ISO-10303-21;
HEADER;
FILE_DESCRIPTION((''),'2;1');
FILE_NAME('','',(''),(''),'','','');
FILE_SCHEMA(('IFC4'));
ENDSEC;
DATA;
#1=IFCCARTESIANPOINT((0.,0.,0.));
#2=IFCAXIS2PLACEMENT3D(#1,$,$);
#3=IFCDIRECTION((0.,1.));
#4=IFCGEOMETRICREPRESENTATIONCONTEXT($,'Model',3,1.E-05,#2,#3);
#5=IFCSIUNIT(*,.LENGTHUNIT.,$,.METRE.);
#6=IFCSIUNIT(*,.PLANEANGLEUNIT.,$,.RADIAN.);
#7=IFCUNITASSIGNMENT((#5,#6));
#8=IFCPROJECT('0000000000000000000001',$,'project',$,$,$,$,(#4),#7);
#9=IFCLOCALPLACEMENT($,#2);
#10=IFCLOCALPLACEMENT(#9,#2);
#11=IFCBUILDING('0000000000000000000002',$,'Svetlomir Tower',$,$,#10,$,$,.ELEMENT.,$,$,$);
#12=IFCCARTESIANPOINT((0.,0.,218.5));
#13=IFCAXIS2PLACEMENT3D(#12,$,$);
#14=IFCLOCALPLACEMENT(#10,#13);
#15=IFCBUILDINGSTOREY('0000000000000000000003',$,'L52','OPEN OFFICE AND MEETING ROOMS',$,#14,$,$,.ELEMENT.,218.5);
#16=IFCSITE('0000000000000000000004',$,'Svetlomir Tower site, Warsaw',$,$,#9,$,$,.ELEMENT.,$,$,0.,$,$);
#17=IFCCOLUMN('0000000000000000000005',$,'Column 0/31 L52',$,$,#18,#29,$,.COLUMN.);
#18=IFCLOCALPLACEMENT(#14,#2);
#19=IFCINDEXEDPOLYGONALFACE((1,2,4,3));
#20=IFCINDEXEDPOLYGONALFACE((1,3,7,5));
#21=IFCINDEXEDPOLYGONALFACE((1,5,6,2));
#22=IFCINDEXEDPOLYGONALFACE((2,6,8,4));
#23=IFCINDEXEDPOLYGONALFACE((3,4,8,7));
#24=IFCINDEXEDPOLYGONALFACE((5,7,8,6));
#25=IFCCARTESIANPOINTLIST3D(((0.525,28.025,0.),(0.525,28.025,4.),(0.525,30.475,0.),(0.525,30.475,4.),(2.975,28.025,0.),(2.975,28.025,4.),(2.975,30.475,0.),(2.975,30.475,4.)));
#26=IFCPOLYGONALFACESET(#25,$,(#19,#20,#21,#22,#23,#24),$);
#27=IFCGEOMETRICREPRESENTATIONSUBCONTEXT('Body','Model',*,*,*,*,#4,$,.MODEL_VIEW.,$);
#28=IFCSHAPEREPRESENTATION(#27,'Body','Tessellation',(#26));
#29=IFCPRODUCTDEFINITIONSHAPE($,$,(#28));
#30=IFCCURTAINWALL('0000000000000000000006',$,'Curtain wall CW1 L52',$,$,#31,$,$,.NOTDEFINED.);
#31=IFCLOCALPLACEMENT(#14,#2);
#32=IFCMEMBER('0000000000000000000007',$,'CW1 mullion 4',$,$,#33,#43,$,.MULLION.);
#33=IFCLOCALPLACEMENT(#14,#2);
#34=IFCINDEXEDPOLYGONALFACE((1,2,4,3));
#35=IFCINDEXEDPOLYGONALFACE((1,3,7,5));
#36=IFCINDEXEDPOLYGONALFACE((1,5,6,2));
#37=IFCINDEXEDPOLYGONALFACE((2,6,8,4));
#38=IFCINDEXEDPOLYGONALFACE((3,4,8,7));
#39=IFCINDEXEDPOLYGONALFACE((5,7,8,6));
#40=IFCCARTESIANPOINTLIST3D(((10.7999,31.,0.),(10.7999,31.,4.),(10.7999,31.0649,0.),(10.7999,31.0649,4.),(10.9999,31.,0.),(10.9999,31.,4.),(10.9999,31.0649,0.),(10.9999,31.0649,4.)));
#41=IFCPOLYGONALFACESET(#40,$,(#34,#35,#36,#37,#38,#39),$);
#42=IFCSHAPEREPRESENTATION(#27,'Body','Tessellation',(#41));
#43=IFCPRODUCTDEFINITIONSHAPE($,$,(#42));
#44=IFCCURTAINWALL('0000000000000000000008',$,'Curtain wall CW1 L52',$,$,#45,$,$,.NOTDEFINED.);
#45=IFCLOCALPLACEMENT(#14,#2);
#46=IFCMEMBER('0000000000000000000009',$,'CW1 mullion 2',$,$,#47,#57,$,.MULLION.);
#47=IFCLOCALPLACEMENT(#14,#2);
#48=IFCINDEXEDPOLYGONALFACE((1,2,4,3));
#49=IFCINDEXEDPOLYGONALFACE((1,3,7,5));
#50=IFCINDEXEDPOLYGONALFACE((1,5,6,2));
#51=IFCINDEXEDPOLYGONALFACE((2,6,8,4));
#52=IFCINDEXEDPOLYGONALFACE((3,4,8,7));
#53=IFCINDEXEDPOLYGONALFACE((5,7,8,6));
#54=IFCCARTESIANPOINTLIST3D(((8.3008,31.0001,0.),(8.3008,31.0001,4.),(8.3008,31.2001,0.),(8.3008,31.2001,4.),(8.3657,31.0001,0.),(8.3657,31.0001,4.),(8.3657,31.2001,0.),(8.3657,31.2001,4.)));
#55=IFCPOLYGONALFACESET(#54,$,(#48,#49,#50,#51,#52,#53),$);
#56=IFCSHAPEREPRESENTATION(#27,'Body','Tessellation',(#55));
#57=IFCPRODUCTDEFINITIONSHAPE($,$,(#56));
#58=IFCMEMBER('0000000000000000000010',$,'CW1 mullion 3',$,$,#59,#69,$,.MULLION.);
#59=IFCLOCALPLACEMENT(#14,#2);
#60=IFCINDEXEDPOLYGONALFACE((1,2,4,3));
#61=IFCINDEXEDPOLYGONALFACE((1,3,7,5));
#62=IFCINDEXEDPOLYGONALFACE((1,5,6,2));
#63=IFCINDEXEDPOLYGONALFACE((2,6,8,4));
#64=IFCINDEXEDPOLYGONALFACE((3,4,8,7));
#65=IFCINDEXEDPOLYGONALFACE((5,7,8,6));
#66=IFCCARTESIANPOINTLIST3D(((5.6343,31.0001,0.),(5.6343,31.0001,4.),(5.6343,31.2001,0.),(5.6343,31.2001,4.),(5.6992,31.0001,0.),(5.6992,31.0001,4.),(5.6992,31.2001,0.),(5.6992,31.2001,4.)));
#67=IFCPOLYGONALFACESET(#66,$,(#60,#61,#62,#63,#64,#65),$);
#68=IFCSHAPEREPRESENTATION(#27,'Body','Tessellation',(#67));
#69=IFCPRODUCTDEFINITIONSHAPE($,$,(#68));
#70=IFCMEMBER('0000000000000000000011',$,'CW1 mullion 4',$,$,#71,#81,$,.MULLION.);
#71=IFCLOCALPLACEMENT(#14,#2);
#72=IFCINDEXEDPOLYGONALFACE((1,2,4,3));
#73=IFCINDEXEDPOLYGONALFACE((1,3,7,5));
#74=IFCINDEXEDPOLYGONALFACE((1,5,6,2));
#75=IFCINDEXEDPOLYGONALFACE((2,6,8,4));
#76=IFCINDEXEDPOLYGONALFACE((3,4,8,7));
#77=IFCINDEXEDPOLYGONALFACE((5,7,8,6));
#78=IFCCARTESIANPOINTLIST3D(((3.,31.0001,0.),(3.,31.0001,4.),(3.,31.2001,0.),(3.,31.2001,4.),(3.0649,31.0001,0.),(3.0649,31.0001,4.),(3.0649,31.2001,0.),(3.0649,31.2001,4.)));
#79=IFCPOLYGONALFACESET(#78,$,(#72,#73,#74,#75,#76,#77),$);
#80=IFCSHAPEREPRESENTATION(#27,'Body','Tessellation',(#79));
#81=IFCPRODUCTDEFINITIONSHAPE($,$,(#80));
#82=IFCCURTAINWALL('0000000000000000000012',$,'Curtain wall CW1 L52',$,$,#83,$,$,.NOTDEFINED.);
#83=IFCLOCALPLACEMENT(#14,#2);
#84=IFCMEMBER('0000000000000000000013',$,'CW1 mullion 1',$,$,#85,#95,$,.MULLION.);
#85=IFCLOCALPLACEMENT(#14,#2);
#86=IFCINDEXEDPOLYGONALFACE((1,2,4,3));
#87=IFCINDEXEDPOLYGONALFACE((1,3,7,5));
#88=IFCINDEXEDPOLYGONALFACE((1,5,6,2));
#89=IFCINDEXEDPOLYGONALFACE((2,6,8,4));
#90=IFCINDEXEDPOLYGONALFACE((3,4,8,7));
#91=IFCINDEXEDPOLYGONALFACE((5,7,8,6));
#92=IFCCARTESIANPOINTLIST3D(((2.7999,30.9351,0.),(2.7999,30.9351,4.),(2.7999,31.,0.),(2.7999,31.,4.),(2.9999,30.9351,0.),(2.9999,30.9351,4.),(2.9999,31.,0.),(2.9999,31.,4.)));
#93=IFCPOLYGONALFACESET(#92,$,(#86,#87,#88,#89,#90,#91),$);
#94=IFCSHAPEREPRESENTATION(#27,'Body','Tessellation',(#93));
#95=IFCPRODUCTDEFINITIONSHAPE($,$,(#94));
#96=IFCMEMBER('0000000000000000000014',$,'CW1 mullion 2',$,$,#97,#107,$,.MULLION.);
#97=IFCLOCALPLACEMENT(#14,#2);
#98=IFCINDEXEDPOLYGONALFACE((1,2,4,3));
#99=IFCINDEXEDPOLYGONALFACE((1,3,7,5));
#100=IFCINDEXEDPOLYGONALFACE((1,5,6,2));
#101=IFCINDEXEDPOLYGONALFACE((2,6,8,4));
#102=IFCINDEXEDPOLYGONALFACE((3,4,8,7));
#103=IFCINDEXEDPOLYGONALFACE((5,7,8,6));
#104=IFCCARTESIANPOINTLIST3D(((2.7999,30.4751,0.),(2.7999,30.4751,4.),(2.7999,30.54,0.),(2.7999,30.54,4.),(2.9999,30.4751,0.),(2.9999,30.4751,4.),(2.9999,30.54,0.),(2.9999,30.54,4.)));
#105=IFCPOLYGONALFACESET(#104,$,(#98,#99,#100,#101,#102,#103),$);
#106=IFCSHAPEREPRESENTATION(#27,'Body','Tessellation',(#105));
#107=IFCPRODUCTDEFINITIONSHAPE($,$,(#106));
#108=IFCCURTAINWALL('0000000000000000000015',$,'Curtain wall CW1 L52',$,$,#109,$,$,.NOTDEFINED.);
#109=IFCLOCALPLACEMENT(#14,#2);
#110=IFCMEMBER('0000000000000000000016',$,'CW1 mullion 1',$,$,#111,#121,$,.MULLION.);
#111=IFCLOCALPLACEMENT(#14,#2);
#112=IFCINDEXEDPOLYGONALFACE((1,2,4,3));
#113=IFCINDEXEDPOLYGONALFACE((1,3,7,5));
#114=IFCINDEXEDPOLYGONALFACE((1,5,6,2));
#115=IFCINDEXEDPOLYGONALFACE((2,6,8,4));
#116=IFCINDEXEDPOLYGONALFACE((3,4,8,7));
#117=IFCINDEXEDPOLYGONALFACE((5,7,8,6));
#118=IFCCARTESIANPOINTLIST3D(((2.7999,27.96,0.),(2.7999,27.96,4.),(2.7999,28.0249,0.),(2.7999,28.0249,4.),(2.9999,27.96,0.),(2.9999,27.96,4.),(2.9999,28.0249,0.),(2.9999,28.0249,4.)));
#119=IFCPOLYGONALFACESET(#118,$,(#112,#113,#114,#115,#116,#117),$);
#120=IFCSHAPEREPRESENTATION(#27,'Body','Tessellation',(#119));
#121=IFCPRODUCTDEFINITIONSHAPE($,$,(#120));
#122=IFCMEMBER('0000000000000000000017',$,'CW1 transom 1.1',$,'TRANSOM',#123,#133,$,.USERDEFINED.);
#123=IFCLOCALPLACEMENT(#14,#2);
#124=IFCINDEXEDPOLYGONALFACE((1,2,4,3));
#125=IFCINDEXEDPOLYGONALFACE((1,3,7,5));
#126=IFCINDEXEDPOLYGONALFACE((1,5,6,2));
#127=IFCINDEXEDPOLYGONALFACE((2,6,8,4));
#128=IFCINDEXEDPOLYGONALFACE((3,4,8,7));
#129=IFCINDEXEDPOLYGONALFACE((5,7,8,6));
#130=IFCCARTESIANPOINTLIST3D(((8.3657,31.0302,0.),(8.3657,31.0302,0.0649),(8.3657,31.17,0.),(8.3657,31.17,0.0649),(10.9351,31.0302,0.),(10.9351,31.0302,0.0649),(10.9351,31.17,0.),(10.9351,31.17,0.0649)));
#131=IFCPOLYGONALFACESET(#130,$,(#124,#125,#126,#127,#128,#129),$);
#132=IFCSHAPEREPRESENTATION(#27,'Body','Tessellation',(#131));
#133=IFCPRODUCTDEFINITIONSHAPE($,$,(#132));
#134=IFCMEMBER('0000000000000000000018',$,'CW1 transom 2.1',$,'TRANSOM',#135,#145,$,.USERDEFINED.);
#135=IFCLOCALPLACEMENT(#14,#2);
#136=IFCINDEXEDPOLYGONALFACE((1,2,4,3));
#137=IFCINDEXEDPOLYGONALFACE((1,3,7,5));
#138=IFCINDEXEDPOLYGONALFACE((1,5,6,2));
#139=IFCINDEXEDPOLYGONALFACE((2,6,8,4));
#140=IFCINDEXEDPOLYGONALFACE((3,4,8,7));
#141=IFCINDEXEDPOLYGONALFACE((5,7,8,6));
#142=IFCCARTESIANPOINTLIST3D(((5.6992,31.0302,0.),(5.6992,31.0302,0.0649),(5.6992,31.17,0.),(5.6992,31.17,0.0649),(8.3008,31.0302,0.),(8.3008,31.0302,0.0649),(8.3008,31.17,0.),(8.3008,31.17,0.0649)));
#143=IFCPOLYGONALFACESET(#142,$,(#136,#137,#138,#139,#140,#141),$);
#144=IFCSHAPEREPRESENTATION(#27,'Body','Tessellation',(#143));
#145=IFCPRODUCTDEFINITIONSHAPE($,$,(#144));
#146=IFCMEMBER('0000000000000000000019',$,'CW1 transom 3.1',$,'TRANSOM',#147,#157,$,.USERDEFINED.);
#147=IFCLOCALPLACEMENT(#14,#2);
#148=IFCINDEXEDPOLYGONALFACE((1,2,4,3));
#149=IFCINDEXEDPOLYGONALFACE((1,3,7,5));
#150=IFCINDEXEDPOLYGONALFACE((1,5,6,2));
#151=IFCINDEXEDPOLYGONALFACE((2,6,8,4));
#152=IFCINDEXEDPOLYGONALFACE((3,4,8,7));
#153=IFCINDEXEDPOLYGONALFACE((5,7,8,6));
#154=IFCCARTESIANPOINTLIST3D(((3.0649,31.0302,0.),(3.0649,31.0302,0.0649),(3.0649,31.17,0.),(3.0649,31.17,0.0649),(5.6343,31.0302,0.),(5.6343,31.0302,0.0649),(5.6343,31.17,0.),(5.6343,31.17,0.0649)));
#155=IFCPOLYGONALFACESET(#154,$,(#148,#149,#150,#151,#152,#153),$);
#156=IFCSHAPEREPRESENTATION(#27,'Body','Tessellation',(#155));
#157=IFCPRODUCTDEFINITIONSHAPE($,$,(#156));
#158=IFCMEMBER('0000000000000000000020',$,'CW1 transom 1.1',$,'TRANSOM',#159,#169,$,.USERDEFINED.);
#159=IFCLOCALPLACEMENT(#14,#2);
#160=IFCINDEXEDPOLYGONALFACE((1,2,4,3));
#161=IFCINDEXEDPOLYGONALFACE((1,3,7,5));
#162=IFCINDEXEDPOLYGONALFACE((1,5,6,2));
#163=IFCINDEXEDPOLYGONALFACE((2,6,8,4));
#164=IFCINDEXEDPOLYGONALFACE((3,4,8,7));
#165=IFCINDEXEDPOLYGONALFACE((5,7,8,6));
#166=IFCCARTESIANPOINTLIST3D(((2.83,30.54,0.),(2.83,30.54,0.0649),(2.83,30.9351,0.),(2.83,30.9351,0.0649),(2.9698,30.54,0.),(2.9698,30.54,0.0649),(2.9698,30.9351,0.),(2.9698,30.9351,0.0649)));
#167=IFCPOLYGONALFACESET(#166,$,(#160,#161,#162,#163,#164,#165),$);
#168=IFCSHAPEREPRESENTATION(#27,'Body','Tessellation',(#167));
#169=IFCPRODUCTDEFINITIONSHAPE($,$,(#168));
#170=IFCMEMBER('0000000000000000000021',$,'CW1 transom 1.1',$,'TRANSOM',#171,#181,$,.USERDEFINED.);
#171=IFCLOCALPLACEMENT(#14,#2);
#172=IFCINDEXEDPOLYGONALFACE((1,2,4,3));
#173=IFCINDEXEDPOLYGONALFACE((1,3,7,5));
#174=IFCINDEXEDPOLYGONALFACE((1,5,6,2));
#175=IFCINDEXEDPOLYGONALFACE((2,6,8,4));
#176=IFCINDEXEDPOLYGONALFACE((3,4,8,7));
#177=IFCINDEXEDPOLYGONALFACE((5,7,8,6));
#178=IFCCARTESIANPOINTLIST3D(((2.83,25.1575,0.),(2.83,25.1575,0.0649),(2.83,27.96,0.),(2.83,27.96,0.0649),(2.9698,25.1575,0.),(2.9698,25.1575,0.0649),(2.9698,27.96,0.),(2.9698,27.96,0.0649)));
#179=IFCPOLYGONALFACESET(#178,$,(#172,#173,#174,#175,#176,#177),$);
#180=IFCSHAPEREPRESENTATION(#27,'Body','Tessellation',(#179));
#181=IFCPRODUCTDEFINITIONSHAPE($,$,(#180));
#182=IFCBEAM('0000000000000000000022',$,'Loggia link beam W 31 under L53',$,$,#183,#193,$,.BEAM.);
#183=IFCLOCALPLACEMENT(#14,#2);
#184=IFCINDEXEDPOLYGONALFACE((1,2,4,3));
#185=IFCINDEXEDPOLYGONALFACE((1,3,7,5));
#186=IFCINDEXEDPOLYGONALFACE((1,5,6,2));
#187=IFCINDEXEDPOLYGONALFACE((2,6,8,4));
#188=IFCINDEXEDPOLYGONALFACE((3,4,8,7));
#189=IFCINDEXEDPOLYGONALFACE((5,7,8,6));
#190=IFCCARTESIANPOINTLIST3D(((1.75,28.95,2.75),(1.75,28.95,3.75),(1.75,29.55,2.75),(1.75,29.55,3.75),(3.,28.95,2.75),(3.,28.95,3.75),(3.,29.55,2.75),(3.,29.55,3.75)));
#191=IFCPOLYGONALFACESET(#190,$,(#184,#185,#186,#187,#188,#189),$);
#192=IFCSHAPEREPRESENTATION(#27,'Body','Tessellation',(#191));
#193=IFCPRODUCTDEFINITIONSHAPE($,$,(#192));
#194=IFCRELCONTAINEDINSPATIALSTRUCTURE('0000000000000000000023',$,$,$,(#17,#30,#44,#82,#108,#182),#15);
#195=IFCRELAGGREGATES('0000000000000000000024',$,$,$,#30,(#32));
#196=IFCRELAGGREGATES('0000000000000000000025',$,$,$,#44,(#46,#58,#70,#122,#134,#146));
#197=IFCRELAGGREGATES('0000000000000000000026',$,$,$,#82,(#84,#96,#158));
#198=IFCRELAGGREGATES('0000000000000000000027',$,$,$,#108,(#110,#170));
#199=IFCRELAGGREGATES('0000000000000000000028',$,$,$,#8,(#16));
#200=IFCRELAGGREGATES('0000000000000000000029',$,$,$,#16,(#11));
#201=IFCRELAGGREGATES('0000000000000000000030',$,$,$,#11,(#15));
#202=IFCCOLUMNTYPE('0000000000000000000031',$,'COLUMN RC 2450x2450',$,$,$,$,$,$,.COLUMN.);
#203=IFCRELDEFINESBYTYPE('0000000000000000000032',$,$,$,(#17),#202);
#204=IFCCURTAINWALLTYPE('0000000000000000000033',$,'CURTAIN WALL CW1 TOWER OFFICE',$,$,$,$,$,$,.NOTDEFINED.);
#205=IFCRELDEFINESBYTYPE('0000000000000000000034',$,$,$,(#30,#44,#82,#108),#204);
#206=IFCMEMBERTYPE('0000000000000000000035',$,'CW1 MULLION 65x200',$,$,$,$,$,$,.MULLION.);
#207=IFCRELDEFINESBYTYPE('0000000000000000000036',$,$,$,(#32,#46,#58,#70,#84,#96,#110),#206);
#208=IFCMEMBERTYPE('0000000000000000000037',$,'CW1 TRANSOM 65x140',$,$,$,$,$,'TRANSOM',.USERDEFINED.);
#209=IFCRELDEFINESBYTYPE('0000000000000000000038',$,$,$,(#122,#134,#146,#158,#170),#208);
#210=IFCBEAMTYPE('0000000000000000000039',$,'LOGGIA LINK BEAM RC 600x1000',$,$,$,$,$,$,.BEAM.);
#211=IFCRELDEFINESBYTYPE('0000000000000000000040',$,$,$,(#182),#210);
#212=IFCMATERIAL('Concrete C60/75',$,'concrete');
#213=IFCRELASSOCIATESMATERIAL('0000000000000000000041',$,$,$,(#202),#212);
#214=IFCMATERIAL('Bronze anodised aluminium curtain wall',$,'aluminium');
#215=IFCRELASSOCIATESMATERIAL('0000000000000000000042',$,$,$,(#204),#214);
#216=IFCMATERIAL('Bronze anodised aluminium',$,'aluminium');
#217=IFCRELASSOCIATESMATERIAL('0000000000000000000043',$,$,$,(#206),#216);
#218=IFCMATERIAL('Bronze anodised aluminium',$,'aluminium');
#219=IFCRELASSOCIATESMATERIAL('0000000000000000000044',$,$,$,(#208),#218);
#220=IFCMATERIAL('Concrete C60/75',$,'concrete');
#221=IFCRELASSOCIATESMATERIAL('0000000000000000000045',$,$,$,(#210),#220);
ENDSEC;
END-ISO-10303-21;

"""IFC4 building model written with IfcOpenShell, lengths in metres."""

from ifc_helpers import new_model, si_unit, direction, frame, origin, origin_2d, place, context, subcontext, project, spatial, rectangle, extrude, material, material_profile, profile_set, type_object, element, aggregate, save


model = new_model("IFC4")

# Units and contexts
model_context = context("Model", 3, precision=1e-05, world=origin(), true_north=direction((0.0, 1.0)))
body_context = subcontext(model_context, "Body", "Model", "MODEL_VIEW")
ifc_project = project(units=[si_unit("LENGTHUNIT", "METRE"), si_unit("PLANEANGLEUNIT", "RADIAN")], contexts=[model_context])

# Site, building, storey
site_placement = place(None, origin())
site = spatial("IfcSite", under=ifc_project, at=site_placement, Name="Svetlomir Tower site, Warsaw", CompositionType="ELEMENT", RefElevation=0.0)
building_placement = place(site_placement, origin())
building = spatial("IfcBuilding", under=site, at=building_placement, Name="Svetlomir Tower", CompositionType="ELEMENT")
storey_placement = place(building_placement, frame((0.0, 0.0, 218.5)))
storey = spatial("IfcBuildingStorey", under=building, at=storey_placement, Name="L52", Description="OPEN OFFICE AND MEETING ROOMS", CompositionType="ELEMENT", Elevation=218.5)

# Column
ifc_material_1 = material(Name="Concrete C60/75", Category="concrete")
ifc_material_profile_1 = material_profile(ifc_material_1, rectangle(XDim=2.45, YDim=2.45, at=origin_2d()), Name="RC 2450x2450")
ifc_profile_set_1 = profile_set([ifc_material_profile_1], Name="Concrete C60/75")
column_type = type_object("IfcColumnType", Name="COLUMN RC 2450x2450", PredefinedType="COLUMN", material=ifc_profile_set_1)
column_placement = place(storey_placement, frame((1.75, 29.25, 0.0), z_axis=(0.0, 0.0, 1.0), x_axis=(1.0, 0.0, 0.0)))
element("IfcColumn", 1, at=column_placement, inside=storey, type_object=column_type, Name="Column 0/31 L52", PredefinedType="COLUMN", context=body_context, shape_type="SweptSolid", body=[
    extrude(rectangle(XDim=2.45, YDim=2.45, at=origin_2d()), origin(), (0.0, 0.0, 1.0), 4.0),
])

# Curtain wall, member
ifc_material_2 = material(Name="Bronze anodised aluminium curtain wall", Category="aluminium")
curtain_wall_type = type_object("IfcCurtainWallType", Name="CURTAIN WALL CW1 TOWER OFFICE", PredefinedType="NOTDEFINED", material=ifc_material_2)
curtain_wall_1_placement = place(storey_placement, origin())
curtain_wall_1 = element("IfcCurtainWall", 2, at=curtain_wall_1_placement, inside=storey, type_object=curtain_wall_type, Name="Curtain wall CW1 L52", PredefinedType="NOTDEFINED")
ifc_material_3 = material(Name="Bronze anodised aluminium", Category="aluminium")
ifc_material_profile_2 = material_profile(ifc_material_3, rectangle(XDim=0.0649, YDim=0.2, at=origin_2d()), Name="AL 65x200")
ifc_profile_set_2 = profile_set([ifc_material_profile_2], Name="Bronze anodised aluminium 6063-T6")
member_type_1 = type_object("IfcMemberType", Name="CW1 MULLION 65x200", PredefinedType="MULLION", material=ifc_profile_set_2)
member_1_placement = place(storey_placement, frame((10.8999, 31.0325, 0.0), z_axis=(0.0, 0.0, 1.0), x_axis=(0.0, -1.0, 0.0)))
member_1 = element("IfcMember", 3, at=member_1_placement, type_object=member_type_1, Name="CW1 mullion 4", PredefinedType="MULLION", context=body_context, shape_type="SweptSolid", body=[
    extrude(rectangle(XDim=0.0649, YDim=0.2, at=origin_2d()), origin(), (0.0, 0.0, 1.0), 4.0),
])
aggregate(curtain_wall_1, [member_1])

# Curtain walls, members
curtain_wall_2_placement = place(storey_placement, origin())
curtain_wall_2 = element("IfcCurtainWall", 4, at=curtain_wall_2_placement, inside=storey, type_object=curtain_wall_type, Name="Curtain wall CW1 L52", PredefinedType="NOTDEFINED")
member_2_placement = place(storey_placement, frame((8.3333, 31.1001, 0.0), z_axis=(0.0, 0.0, 1.0), x_axis=(-1.0, 0.0, 0.0)))
member_2 = element("IfcMember", 5, at=member_2_placement, type_object=member_type_1, Name="CW1 mullion 2", PredefinedType="MULLION", context=body_context, shape_type="SweptSolid", body=[
    extrude(rectangle(XDim=0.0649, YDim=0.2, at=origin_2d()), origin(), (0.0, 0.0, 1.0), 4.0),
])
member_3_placement = place(storey_placement, frame((5.6667, 31.1001, 0.0), z_axis=(0.0, 0.0, 1.0), x_axis=(-1.0, 0.0, 0.0)))
member_3 = element("IfcMember", 6, at=member_3_placement, type_object=member_type_1, Name="CW1 mullion 3", PredefinedType="MULLION", context=body_context, shape_type="SweptSolid", body=[
    extrude(rectangle(XDim=0.0649, YDim=0.2, at=origin_2d()), origin(), (0.0, 0.0, 1.0), 4.0),
])
member_4_placement = place(storey_placement, frame((3.0325, 31.1001, 0.0), z_axis=(0.0, 0.0, 1.0), x_axis=(-1.0, 0.0, 0.0)))
member_4 = element("IfcMember", 7, at=member_4_placement, type_object=member_type_1, Name="CW1 mullion 4", PredefinedType="MULLION", context=body_context, shape_type="SweptSolid", body=[
    extrude(rectangle(XDim=0.0649, YDim=0.2, at=origin_2d()), origin(), (0.0, 0.0, 1.0), 4.0),
])
curtain_wall_3_placement = place(storey_placement, origin())
curtain_wall_3 = element("IfcCurtainWall", 8, at=curtain_wall_3_placement, inside=storey, type_object=curtain_wall_type, Name="Curtain wall CW1 L52", PredefinedType="NOTDEFINED")
member_5_placement = place(storey_placement, frame((2.8999, 30.9675, 0.0), z_axis=(0.0, 0.0, 1.0), x_axis=(0.0, -1.0, 0.0)))
member_5 = element("IfcMember", 9, at=member_5_placement, type_object=member_type_1, Name="CW1 mullion 1", PredefinedType="MULLION", context=body_context, shape_type="SweptSolid", body=[
    extrude(rectangle(XDim=0.0649, YDim=0.2, at=origin_2d()), origin(), (0.0, 0.0, 1.0), 4.0),
])
member_6_placement = place(storey_placement, frame((2.8999, 30.5076, 0.0), z_axis=(0.0, 0.0, 1.0), x_axis=(0.0, -1.0, 0.0)))
member_6 = element("IfcMember", 10, at=member_6_placement, type_object=member_type_1, Name="CW1 mullion 2", PredefinedType="MULLION", context=body_context, shape_type="SweptSolid", body=[
    extrude(rectangle(XDim=0.0649, YDim=0.2, at=origin_2d()), origin(), (0.0, 0.0, 1.0), 4.0),
])

# Curtain wall, member
curtain_wall_4_placement = place(storey_placement, origin())
curtain_wall_4 = element("IfcCurtainWall", 11, at=curtain_wall_4_placement, inside=storey, type_object=curtain_wall_type, Name="Curtain wall CW1 L52", PredefinedType="NOTDEFINED")
member_7_placement = place(storey_placement, frame((2.8999, 27.9924, 0.0), z_axis=(0.0, 0.0, 1.0), x_axis=(0.0, -1.0, 0.0)))
member_7 = element("IfcMember", 12, at=member_7_placement, type_object=member_type_1, Name="CW1 mullion 1", PredefinedType="MULLION", context=body_context, shape_type="SweptSolid", body=[
    extrude(rectangle(XDim=0.0649, YDim=0.2, at=origin_2d()), origin(), (0.0, 0.0, 1.0), 4.0),
])

# Members
ifc_material_4 = material(Name="Bronze anodised aluminium", Category="aluminium")
ifc_material_profile_3 = material_profile(ifc_material_4, rectangle(XDim=0.1399, YDim=0.0649, at=origin_2d()), Name="AL 140x65")
ifc_profile_set_3 = profile_set([ifc_material_profile_3], Name="Bronze anodised aluminium 6063-T6")
member_type_2 = type_object("IfcMemberType", Name="CW1 TRANSOM 65x140", ElementType="TRANSOM", PredefinedType="USERDEFINED", material=ifc_profile_set_3)
member_8_placement = place(storey_placement, frame((10.9351, 31.1001, 0.0325), z_axis=(-1.0, 0.0, 0.0), x_axis=(0.0, -1.0, 0.0)))
member_8 = element("IfcMember", 13, at=member_8_placement, type_object=member_type_2, Name="CW1 transom 1.1", ObjectType="TRANSOM", PredefinedType="USERDEFINED", context=body_context, shape_type="SweptSolid", body=[
    extrude(rectangle(XDim=0.1399, YDim=0.0649, at=origin_2d()), origin(), (0.0, 0.0, 1.0), 2.5693),
])
member_9_placement = place(storey_placement, frame((8.3008, 31.1001, 0.0325), z_axis=(-1.0, 0.0, 0.0), x_axis=(0.0, -1.0, 0.0)))
member_9 = element("IfcMember", 14, at=member_9_placement, type_object=member_type_2, Name="CW1 transom 2.1", ObjectType="TRANSOM", PredefinedType="USERDEFINED", context=body_context, shape_type="SweptSolid", body=[
    extrude(rectangle(XDim=0.1399, YDim=0.0649, at=origin_2d()), origin(), (0.0, 0.0, 1.0), 2.6016),
])
member_10_placement = place(storey_placement, frame((5.6343, 31.1001, 0.0325), z_axis=(-1.0, 0.0, 0.0), x_axis=(0.0, -1.0, 0.0)))
member_10 = element("IfcMember", 15, at=member_10_placement, type_object=member_type_2, Name="CW1 transom 3.1", ObjectType="TRANSOM", PredefinedType="USERDEFINED", context=body_context, shape_type="SweptSolid", body=[
    extrude(rectangle(XDim=0.1399, YDim=0.0649, at=origin_2d()), origin(), (0.0, 0.0, 1.0), 2.5693),
])
member_11_placement = place(storey_placement, frame((2.8999, 30.9351, 0.0325), z_axis=(0.0, -1.0, 0.0), x_axis=(1.0, 0.0, 0.0)))
member_11 = element("IfcMember", 16, at=member_11_placement, type_object=member_type_2, Name="CW1 transom 1.1", ObjectType="TRANSOM", PredefinedType="USERDEFINED", context=body_context, shape_type="SweptSolid", body=[
    extrude(rectangle(XDim=0.1399, YDim=0.0649, at=origin_2d()), origin(), (0.0, 0.0, 1.0), 0.395),
])
member_12_placement = place(storey_placement, frame((2.8999, 27.96, 0.0325), z_axis=(0.0, -1.0, 0.0), x_axis=(1.0, 0.0, 0.0)))
member_12 = element("IfcMember", 17, at=member_12_placement, type_object=member_type_2, Name="CW1 transom 1.1", ObjectType="TRANSOM", PredefinedType="USERDEFINED", context=body_context, shape_type="SweptSolid", body=[
    extrude(rectangle(XDim=0.1399, YDim=0.0649, at=origin_2d()), origin(), (0.0, 0.0, 1.0), 2.8025),
])

# Beam
ifc_material_5 = material(Name="Concrete C60/75", Category="concrete")
ifc_material_profile_4 = material_profile(ifc_material_5, rectangle(XDim=0.6001, YDim=1.0, at=origin_2d()), Name="RC 600x1000")
ifc_profile_set_4 = profile_set([ifc_material_profile_4], Name="Concrete C60/75")
beam_type = type_object("IfcBeamType", Name="LOGGIA LINK BEAM RC 600x1000", PredefinedType="BEAM", material=ifc_profile_set_4)
beam_placement = place(storey_placement, frame((1.75, 29.25, 3.25), z_axis=(1.0, 0.0, 0.0), x_axis=(0.0, 1.0, 0.0)))
element("IfcBeam", 18, at=beam_placement, inside=storey, type_object=beam_type, Name="Loggia link beam W 31 under L53", PredefinedType="BEAM", context=body_context, shape_type="SweptSolid", body=[
    extrude(rectangle(XDim=0.6001, YDim=1.0, at=origin_2d()), origin(), (0.0, 0.0, 1.0), 1.25),
])

aggregate(curtain_wall_2, [member_2, member_3, member_4, member_8, member_9, member_10])
aggregate(curtain_wall_3, [member_5, member_6, member_11])
aggregate(curtain_wall_4, [member_7, member_12])

save(model, "model.ifc")
